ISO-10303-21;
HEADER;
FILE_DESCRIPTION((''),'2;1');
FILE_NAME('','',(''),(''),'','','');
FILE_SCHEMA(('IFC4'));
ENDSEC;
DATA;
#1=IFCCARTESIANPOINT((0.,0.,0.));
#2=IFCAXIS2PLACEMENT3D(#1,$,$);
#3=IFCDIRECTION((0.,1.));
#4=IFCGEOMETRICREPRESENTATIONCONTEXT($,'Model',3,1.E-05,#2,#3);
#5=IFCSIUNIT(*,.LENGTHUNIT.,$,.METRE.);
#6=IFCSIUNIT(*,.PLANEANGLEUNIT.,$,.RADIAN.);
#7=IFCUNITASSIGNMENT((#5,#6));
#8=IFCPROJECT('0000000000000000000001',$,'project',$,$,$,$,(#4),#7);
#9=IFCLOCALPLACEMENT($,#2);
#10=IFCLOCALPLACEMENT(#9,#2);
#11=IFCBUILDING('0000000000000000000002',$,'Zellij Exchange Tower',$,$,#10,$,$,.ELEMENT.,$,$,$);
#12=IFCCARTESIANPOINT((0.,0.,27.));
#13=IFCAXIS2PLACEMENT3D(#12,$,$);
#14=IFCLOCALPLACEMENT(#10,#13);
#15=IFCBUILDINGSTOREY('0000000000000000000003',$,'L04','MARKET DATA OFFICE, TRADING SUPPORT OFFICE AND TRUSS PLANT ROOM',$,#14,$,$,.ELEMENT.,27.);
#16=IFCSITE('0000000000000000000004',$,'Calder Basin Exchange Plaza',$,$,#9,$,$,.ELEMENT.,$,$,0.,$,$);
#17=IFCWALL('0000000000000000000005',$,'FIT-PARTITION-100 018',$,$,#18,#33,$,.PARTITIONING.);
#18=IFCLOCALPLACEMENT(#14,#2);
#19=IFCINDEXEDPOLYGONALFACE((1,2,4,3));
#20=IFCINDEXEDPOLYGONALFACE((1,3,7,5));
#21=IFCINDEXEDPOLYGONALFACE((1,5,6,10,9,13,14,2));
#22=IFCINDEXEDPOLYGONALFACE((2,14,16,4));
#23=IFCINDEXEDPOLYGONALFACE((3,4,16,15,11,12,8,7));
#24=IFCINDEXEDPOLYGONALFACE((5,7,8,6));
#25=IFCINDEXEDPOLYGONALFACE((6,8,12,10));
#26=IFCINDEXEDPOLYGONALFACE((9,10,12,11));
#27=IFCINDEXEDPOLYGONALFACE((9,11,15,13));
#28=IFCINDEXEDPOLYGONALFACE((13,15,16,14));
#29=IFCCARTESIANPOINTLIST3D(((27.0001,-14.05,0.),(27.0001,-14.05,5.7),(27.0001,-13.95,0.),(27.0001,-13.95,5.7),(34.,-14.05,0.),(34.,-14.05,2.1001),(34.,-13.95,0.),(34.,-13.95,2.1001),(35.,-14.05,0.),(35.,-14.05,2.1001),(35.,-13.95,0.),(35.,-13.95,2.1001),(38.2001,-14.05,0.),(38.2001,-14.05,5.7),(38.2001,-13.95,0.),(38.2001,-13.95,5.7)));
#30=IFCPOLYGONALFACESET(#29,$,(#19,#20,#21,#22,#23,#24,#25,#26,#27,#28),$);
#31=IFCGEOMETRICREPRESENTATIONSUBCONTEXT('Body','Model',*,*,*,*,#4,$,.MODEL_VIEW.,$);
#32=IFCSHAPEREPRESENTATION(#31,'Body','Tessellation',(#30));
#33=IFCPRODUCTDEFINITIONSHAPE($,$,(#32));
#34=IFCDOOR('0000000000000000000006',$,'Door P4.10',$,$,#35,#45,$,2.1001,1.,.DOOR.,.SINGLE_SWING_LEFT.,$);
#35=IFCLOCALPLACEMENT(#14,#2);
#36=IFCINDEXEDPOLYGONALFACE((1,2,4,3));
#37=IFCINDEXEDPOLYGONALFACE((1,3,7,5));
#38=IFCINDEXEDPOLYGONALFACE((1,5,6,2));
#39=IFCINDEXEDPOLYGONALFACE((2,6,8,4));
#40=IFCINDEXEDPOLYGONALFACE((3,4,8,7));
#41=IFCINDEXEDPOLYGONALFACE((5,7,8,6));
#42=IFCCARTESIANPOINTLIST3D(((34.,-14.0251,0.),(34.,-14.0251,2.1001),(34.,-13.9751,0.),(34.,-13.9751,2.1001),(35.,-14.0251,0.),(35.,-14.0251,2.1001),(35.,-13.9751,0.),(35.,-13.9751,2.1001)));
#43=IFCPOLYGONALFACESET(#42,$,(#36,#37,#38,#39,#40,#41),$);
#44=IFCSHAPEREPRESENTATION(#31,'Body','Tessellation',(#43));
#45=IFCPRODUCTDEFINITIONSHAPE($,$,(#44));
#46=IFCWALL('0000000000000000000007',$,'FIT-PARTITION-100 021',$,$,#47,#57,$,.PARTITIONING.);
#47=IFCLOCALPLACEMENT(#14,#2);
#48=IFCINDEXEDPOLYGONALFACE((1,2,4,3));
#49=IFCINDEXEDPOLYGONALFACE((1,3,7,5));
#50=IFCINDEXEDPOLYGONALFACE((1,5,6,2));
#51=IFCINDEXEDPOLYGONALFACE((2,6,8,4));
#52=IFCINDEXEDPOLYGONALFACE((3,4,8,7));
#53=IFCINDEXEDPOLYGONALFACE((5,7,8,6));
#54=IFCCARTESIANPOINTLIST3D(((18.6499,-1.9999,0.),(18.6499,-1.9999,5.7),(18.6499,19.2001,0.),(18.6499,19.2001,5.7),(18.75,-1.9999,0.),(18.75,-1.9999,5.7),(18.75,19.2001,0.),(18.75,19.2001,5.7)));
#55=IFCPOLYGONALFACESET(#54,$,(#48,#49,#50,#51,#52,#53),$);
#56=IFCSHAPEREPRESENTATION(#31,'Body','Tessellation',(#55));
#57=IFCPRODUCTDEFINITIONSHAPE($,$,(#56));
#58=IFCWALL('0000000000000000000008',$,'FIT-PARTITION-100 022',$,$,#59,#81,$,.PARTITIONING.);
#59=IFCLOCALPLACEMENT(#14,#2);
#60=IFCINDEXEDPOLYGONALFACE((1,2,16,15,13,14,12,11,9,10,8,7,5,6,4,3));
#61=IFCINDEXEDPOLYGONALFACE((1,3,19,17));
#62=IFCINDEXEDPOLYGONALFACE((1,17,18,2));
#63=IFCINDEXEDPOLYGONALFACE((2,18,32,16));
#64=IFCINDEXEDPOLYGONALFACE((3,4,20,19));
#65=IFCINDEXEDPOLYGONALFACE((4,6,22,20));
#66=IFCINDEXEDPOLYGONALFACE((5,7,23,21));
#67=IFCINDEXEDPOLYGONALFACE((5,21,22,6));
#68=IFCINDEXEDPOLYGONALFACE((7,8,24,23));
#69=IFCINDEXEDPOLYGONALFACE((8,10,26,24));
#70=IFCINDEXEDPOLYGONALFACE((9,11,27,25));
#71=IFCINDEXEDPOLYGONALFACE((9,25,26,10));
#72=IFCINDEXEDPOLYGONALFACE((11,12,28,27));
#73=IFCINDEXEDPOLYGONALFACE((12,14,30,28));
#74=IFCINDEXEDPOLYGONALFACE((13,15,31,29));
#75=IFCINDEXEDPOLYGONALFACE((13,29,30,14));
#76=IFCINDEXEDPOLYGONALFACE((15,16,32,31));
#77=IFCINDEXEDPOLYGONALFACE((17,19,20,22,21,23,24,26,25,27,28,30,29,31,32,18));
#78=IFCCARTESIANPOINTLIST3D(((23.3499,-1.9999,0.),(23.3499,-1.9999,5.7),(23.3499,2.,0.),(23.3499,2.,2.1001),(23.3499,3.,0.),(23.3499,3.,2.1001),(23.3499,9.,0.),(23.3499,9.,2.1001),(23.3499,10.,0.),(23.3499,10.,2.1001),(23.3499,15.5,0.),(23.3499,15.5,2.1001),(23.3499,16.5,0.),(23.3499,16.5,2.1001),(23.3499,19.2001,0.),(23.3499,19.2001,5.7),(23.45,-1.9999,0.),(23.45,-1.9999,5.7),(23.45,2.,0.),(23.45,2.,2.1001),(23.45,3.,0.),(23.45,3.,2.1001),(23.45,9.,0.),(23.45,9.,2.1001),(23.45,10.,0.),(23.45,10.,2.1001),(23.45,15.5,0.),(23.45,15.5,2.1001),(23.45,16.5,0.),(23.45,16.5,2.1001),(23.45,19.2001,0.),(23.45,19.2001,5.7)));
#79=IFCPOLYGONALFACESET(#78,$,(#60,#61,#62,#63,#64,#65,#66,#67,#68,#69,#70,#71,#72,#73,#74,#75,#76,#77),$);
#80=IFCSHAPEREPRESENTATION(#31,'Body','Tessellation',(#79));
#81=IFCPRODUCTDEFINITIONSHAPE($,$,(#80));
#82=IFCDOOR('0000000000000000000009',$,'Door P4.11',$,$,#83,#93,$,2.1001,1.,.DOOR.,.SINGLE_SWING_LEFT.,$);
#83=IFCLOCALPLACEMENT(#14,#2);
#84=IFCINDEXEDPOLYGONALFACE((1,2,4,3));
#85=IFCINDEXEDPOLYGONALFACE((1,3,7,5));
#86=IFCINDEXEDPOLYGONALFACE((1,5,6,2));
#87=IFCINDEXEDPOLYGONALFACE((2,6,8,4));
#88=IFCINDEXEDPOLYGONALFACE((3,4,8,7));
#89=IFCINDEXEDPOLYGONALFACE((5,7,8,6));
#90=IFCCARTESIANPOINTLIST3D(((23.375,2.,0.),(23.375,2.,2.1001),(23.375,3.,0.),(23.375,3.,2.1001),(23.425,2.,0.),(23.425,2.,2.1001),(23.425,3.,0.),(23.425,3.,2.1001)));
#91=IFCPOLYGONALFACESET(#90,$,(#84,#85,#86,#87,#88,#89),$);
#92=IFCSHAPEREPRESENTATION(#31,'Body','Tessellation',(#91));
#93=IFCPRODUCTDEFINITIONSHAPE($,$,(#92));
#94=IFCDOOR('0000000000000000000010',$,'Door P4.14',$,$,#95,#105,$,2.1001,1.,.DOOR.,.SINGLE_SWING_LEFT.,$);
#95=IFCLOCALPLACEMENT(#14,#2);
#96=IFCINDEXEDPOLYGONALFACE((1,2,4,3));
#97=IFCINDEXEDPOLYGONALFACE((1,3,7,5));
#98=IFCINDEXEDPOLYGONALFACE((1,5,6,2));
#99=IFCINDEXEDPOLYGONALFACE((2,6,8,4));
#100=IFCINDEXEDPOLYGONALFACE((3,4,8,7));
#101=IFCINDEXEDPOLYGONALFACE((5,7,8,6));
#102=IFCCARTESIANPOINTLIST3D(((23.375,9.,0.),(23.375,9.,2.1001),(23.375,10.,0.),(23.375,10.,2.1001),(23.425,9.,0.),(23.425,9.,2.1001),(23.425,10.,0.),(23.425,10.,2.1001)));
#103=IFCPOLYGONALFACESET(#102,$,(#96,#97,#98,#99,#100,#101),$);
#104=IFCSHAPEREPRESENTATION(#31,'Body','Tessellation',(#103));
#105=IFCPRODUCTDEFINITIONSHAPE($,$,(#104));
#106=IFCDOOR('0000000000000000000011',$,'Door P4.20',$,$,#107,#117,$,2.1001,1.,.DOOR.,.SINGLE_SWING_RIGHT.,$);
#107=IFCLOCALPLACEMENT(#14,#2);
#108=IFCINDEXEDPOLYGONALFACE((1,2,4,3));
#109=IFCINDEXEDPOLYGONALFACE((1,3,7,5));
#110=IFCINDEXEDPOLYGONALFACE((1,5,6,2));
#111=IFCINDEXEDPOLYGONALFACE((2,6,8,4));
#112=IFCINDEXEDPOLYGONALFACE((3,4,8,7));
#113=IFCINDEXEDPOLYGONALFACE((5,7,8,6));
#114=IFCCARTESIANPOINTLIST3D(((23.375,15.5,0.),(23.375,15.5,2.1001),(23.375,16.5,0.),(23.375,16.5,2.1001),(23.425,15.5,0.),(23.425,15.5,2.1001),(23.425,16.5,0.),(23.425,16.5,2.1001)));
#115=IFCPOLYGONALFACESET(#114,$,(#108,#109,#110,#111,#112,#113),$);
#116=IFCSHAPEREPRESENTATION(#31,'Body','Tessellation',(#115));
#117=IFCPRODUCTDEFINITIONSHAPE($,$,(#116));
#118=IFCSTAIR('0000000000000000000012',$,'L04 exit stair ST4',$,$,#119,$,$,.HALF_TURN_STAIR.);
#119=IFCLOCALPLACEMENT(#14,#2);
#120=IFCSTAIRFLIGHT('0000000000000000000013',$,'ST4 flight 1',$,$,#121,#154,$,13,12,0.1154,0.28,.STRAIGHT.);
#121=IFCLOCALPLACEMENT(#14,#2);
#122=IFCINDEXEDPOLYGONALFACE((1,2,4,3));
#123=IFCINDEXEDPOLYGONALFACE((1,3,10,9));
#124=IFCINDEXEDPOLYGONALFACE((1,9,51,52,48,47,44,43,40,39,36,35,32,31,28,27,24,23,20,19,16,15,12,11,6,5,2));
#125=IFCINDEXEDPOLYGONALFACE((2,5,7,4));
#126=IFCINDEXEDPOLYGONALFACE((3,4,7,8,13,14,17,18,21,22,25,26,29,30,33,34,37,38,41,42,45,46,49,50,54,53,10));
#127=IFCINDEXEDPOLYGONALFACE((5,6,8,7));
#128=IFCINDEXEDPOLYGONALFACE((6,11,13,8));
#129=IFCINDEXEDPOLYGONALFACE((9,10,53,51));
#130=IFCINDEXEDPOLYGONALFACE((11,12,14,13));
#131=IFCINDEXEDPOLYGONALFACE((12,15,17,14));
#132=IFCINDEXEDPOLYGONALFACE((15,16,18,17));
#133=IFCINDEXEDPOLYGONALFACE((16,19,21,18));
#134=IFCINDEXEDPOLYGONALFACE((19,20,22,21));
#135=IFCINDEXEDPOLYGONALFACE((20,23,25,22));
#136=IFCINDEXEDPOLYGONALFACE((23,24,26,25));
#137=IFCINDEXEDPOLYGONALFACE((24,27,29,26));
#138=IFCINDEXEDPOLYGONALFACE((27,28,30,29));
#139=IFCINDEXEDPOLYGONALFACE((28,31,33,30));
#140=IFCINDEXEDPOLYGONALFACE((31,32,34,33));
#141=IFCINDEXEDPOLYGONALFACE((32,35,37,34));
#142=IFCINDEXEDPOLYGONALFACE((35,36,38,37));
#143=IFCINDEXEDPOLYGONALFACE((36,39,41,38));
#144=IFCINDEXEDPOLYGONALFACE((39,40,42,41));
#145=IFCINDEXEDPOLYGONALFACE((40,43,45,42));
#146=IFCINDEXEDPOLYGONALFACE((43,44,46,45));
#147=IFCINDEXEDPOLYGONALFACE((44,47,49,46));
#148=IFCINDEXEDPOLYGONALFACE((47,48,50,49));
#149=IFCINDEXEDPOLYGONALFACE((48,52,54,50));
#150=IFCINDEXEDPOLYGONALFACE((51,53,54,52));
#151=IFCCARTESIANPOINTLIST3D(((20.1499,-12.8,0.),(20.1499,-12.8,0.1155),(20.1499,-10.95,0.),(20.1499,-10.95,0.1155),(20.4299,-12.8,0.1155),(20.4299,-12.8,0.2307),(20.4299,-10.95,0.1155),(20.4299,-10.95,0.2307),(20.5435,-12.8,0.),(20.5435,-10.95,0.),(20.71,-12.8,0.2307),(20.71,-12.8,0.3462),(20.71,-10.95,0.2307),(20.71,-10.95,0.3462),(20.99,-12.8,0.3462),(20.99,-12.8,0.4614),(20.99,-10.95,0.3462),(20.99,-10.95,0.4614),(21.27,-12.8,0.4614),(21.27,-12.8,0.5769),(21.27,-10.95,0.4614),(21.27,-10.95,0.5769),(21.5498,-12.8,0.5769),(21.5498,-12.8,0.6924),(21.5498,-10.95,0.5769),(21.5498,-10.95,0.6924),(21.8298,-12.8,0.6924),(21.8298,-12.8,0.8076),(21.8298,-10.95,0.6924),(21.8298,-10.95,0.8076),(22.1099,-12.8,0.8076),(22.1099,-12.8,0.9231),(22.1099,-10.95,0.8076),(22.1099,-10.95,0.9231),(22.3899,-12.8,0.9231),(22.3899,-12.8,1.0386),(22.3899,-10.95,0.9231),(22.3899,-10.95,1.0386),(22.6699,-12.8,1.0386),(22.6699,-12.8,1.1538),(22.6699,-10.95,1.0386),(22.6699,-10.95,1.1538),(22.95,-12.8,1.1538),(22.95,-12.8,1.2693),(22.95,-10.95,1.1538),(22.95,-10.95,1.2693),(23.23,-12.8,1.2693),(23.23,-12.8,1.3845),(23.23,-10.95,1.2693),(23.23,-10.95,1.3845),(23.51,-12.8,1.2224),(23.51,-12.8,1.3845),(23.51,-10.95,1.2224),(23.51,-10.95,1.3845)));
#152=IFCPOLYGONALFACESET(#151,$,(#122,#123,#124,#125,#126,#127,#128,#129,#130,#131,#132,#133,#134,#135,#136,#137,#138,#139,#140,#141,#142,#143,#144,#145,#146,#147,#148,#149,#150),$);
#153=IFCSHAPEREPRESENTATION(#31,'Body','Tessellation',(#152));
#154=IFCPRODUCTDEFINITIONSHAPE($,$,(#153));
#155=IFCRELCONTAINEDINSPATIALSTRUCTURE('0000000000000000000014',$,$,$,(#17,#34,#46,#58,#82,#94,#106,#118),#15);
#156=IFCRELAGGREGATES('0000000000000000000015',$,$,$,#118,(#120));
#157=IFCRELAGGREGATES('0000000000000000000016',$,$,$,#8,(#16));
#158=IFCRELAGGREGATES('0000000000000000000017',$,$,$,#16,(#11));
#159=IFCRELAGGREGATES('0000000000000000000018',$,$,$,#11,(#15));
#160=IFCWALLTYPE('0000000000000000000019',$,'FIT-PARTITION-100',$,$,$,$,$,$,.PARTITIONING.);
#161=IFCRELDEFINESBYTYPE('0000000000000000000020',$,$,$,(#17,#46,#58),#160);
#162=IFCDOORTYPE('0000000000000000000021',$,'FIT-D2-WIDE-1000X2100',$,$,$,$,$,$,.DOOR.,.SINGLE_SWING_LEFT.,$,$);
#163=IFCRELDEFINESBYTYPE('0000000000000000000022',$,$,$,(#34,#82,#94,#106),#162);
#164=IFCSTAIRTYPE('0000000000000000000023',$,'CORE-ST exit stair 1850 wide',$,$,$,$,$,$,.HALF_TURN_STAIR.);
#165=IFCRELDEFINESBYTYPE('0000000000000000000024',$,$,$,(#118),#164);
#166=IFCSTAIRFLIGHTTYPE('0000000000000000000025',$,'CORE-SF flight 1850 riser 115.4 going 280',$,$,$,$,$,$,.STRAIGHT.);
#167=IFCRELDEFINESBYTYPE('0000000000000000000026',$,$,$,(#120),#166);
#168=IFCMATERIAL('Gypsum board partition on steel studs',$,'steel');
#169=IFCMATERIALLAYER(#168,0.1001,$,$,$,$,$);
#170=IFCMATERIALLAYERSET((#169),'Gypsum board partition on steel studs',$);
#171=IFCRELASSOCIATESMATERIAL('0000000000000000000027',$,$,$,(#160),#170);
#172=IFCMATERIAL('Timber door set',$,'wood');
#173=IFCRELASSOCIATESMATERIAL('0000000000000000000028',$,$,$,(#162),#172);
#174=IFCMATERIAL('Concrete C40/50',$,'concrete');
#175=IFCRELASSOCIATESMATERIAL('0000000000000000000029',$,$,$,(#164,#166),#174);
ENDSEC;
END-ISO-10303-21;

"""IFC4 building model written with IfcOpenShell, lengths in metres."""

from ifc_helpers import new_model, si_unit, direction, frame, frame_2d, origin, place, context, subcontext, project, spatial, polyline, rectangle, outline, extrude, material, layer, layer_set, type_object, element, fill, aggregate, save


model = new_model("IFC4")

# Units and contexts
model_context = context("Model", 3, precision=1e-05, world=origin(), true_north=direction((0.0, 1.0)))
body_context = subcontext(model_context, "Body", "Model", "MODEL_VIEW")
ifc_project = project(units=[si_unit("LENGTHUNIT", "METRE"), si_unit("PLANEANGLEUNIT", "RADIAN")], contexts=[model_context])

# Site, building, storey
site_placement = place(None, origin())
site = spatial("IfcSite", under=ifc_project, at=site_placement, Name="Calder Basin Exchange Plaza", CompositionType="ELEMENT", RefElevation=0.0)
building_placement = place(site_placement, origin())
building = spatial("IfcBuilding", under=site, at=building_placement, Name="Zellij Exchange Tower", CompositionType="ELEMENT")
storey_placement = place(building_placement, frame((0.0, 0.0, 27.0)))
storey = spatial("IfcBuildingStorey", under=building, at=storey_placement, Name="L04", Description="MARKET DATA OFFICE, TRADING SUPPORT OFFICE AND TRUSS PLANT ROOM", CompositionType="ELEMENT", Elevation=27.0)

# Wall, opening, door
ifc_material_1 = material(Name="Gypsum board partition on steel studs", Category="steel")
ifc_layer_1 = layer(ifc_material_1, 0.1001)
ifc_layer_set_1 = layer_set([ifc_layer_1], Name="Gypsum board partition on steel studs")
wall_type_1 = type_object("IfcWallType", Name="FIT-PARTITION-100", PredefinedType="PARTITIONING", material=ifc_layer_set_1)
wall_1_placement = place(storey_placement, frame((27.0, -14.0, 0.0), z_axis=(0.0, 0.0, 1.0), x_axis=(1.0, 0.0, 0.0)))
wall_1 = element("IfcWall", 1, at=wall_1_placement, inside=storey, type_object=wall_type_1, Name="FIT-PARTITION-100 018", PredefinedType="PARTITIONING", context=body_context, shape_type="SweptSolid", body=[
    extrude(rectangle(XDim=11.2, YDim=0.1001, at=frame_2d((5.6001, 0.0))), origin(), (0.0, 0.0, 1.0), 5.7),
])
opening_1_placement = place(wall_1_placement, frame((7.0, 0.0, 0.0)))
opening_1 = element("IfcOpeningElement", 2, at=opening_1_placement, cuts=wall_1, PredefinedType="OPENING", context=body_context, shape_type="SweptSolid", body=[
    extrude(rectangle(XDim=1.0, YDim=2.1001, at=frame_2d((0.5, 1.05))), frame((0.0, 0.062, 0.0), z_axis=(0.0, -1.0, 0.0), x_axis=(1.0, 0.0, 0.0)), (0.0, 0.0, 1.0), 0.124),
])
ifc_material_2 = material(Name="Timber door set", Category="wood")
door_type_1 = type_object("IfcDoorType", Name="FIT-D2-WIDE-1000X2100", OperationType="SINGLE_SWING_LEFT", PredefinedType="DOOR", material=ifc_material_2)
door_1_placement = place(opening_1_placement, origin())
door_1 = element("IfcDoor", 3, at=door_1_placement, inside=storey, type_object=door_type_1, Name="Door P4.10", OperationType="SINGLE_SWING_LEFT", OverallHeight=2.1001, OverallWidth=1.0, PredefinedType="DOOR", context=body_context, shape_type="SweptSolid", body=[
    extrude(rectangle(XDim=1.0, YDim=2.1001, at=frame_2d((0.5, 1.05))), frame((0.0, 0.0249, 0.0), z_axis=(0.0, -1.0, 0.0), x_axis=(1.0, 0.0, 0.0)), (0.0, 0.0, 1.0), 0.05),
])
fill(opening_1, door_1)

# Wall
wall_2_placement = place(storey_placement, frame((18.7, -2.0, 0.0), z_axis=(0.0, 0.0, 1.0), x_axis=(0.0, 1.0, 0.0)))
element("IfcWall", 4, at=wall_2_placement, inside=storey, type_object=wall_type_1, Name="FIT-PARTITION-100 021", PredefinedType="PARTITIONING", context=body_context, shape_type="SweptSolid", body=[
    extrude(rectangle(XDim=21.2, YDim=0.1001, at=frame_2d((10.6001, 0.0))), origin(), (0.0, 0.0, 1.0), 5.7),
])

# Wall, openings, doors
wall_3_placement = place(storey_placement, frame((23.3999, -2.0, 0.0), z_axis=(0.0, 0.0, 1.0), x_axis=(0.0, 1.0, 0.0)))
wall_3 = element("IfcWall", 5, at=wall_3_placement, inside=storey, type_object=wall_type_1, Name="FIT-PARTITION-100 022", PredefinedType="PARTITIONING", context=body_context, shape_type="SweptSolid", body=[
    extrude(rectangle(XDim=21.2, YDim=0.1001, at=frame_2d((10.6001, 0.0))), origin(), (0.0, 0.0, 1.0), 5.7),
])
opening_2_placement = place(wall_3_placement, frame((4.0, 0.0, 0.0)))
opening_2 = element("IfcOpeningElement", 6, at=opening_2_placement, cuts=wall_3, PredefinedType="OPENING", context=body_context, shape_type="SweptSolid", body=[
    extrude(rectangle(XDim=1.0, YDim=2.1001, at=frame_2d((0.5, 1.05))), frame((0.0, 0.062, 0.0), z_axis=(0.0, -1.0, 0.0), x_axis=(1.0, 0.0, 0.0)), (0.0, 0.0, 1.0), 0.124),
])
opening_3_placement = place(wall_3_placement, frame((11.0, 0.0, 0.0)))
opening_3 = element("IfcOpeningElement", 7, at=opening_3_placement, cuts=wall_3, PredefinedType="OPENING", context=body_context, shape_type="SweptSolid", body=[
    extrude(rectangle(XDim=1.0, YDim=2.1001, at=frame_2d((0.5, 1.05))), frame((0.0, 0.062, 0.0), z_axis=(0.0, -1.0, 0.0), x_axis=(1.0, 0.0, 0.0)), (0.0, 0.0, 1.0), 0.124),
])
opening_4_placement = place(wall_3_placement, frame((17.5, 0.0, 0.0)))
opening_4 = element("IfcOpeningElement", 8, at=opening_4_placement, cuts=wall_3, PredefinedType="OPENING", context=body_context, shape_type="SweptSolid", body=[
    extrude(rectangle(XDim=1.0, YDim=2.1001, at=frame_2d((0.5, 1.05))), frame((0.0, 0.062, 0.0), z_axis=(0.0, -1.0, 0.0), x_axis=(1.0, 0.0, 0.0)), (0.0, 0.0, 1.0), 0.124),
])
door_2_placement = place(opening_2_placement, origin())
door_2 = element("IfcDoor", 9, at=door_2_placement, inside=storey, type_object=door_type_1, Name="Door P4.11", OperationType="SINGLE_SWING_LEFT", OverallHeight=2.1001, OverallWidth=1.0, PredefinedType="DOOR", context=body_context, shape_type="SweptSolid", body=[
    extrude(rectangle(XDim=1.0, YDim=2.1001, at=frame_2d((0.5, 1.05))), frame((0.0, 0.0249, 0.0), z_axis=(0.0, -1.0, 0.0), x_axis=(1.0, 0.0, 0.0)), (0.0, 0.0, 1.0), 0.05),
])
fill(opening_2, door_2)
door_3_placement = place(opening_3_placement, origin())
door_3 = element("IfcDoor", 10, at=door_3_placement, inside=storey, type_object=door_type_1, Name="Door P4.14", OperationType="SINGLE_SWING_LEFT", OverallHeight=2.1001, OverallWidth=1.0, PredefinedType="DOOR", context=body_context, shape_type="SweptSolid", body=[
    extrude(rectangle(XDim=1.0, YDim=2.1001, at=frame_2d((0.5, 1.05))), frame((0.0, 0.0249, 0.0), z_axis=(0.0, -1.0, 0.0), x_axis=(1.0, 0.0, 0.0)), (0.0, 0.0, 1.0), 0.05),
])
fill(opening_3, door_3)
door_4_placement = place(opening_4_placement, origin())
door_4 = element("IfcDoor", 11, at=door_4_placement, inside=storey, type_object=door_type_1, Name="Door P4.20", OperationType="SINGLE_SWING_RIGHT", OverallHeight=2.1001, OverallWidth=1.0, PredefinedType="DOOR", context=body_context, shape_type="SweptSolid", body=[
    extrude(rectangle(XDim=1.0, YDim=2.1001, at=frame_2d((0.5, 1.05))), frame((0.0, 0.0249, 0.0), z_axis=(0.0, -1.0, 0.0), x_axis=(1.0, 0.0, 0.0)), (0.0, 0.0, 1.0), 0.05),
])
fill(opening_4, door_4)

# Stair, stair flight
ifc_material_3 = material(Name="Concrete C40/50", Category="concrete")
stair_type = type_object("IfcStairType", Name="CORE-ST exit stair 1850 wide", PredefinedType="HALF_TURN_STAIR", material=ifc_material_3)
stair_placement = place(storey_placement, origin())
stair = element("IfcStair", 12, at=stair_placement, inside=storey, type_object=stair_type, Name="L04 exit stair ST4", PredefinedType="HALF_TURN_STAIR")
stair_flight_type = type_object("IfcStairFlightType", Name="CORE-SF flight 1850 riser 115.4 going 280", PredefinedType="STRAIGHT", material=ifc_material_3)
stair_flight_1_placement = place(storey_placement, frame((20.1499, -11.875, 0.0), z_axis=(0.0, 0.0, 1.0), x_axis=(1.0, 0.0, 0.0)))
stair_flight_1 = element("IfcStairFlight", 13, at=stair_flight_1_placement, type_object=stair_flight_type, Name="ST4 flight 1", NumberOfRisers=13, NumberOfTreads=12, PredefinedType="STRAIGHT", RiserHeight=0.1154, TreadLength=0.28, context=body_context, shape_type="SweptSolid", body=[
    extrude(outline(polyline([(0.0, 0.0), (0.0, 0.1155), (0.28, 0.1155), (0.28, 0.2307), (0.5601, 0.2307), (0.5601, 0.3462), (0.8401, 0.3462), (0.8401, 0.4614), (1.1201, 0.4614), (1.1201, 0.5769), (1.3999, 0.5769), (1.3999, 0.6924), (1.6799, 0.6924), (1.6799, 0.8076), (1.96, 0.8076), (1.96, 0.9231), (2.24, 0.9231), (2.24, 1.0386), (2.52, 1.0386), (2.52, 1.1538), (2.8, 1.1538), (2.8, 1.2693), (3.0801, 1.2693), (3.0801, 1.3845), (3.3601, 1.3845), (3.3601, 1.5), (3.3601, 1.2224), (0.3936, 0.0), (0.0, 0.0)])), frame((0.0, 0.925, 0.0), z_axis=(0.0, -1.0, 0.0), x_axis=(1.0, 0.0, 0.0)), (0.0, 0.0, 1.0), 1.8501),
])
aggregate(stair, [stair_flight_1])

save(model, "model.ifc")
